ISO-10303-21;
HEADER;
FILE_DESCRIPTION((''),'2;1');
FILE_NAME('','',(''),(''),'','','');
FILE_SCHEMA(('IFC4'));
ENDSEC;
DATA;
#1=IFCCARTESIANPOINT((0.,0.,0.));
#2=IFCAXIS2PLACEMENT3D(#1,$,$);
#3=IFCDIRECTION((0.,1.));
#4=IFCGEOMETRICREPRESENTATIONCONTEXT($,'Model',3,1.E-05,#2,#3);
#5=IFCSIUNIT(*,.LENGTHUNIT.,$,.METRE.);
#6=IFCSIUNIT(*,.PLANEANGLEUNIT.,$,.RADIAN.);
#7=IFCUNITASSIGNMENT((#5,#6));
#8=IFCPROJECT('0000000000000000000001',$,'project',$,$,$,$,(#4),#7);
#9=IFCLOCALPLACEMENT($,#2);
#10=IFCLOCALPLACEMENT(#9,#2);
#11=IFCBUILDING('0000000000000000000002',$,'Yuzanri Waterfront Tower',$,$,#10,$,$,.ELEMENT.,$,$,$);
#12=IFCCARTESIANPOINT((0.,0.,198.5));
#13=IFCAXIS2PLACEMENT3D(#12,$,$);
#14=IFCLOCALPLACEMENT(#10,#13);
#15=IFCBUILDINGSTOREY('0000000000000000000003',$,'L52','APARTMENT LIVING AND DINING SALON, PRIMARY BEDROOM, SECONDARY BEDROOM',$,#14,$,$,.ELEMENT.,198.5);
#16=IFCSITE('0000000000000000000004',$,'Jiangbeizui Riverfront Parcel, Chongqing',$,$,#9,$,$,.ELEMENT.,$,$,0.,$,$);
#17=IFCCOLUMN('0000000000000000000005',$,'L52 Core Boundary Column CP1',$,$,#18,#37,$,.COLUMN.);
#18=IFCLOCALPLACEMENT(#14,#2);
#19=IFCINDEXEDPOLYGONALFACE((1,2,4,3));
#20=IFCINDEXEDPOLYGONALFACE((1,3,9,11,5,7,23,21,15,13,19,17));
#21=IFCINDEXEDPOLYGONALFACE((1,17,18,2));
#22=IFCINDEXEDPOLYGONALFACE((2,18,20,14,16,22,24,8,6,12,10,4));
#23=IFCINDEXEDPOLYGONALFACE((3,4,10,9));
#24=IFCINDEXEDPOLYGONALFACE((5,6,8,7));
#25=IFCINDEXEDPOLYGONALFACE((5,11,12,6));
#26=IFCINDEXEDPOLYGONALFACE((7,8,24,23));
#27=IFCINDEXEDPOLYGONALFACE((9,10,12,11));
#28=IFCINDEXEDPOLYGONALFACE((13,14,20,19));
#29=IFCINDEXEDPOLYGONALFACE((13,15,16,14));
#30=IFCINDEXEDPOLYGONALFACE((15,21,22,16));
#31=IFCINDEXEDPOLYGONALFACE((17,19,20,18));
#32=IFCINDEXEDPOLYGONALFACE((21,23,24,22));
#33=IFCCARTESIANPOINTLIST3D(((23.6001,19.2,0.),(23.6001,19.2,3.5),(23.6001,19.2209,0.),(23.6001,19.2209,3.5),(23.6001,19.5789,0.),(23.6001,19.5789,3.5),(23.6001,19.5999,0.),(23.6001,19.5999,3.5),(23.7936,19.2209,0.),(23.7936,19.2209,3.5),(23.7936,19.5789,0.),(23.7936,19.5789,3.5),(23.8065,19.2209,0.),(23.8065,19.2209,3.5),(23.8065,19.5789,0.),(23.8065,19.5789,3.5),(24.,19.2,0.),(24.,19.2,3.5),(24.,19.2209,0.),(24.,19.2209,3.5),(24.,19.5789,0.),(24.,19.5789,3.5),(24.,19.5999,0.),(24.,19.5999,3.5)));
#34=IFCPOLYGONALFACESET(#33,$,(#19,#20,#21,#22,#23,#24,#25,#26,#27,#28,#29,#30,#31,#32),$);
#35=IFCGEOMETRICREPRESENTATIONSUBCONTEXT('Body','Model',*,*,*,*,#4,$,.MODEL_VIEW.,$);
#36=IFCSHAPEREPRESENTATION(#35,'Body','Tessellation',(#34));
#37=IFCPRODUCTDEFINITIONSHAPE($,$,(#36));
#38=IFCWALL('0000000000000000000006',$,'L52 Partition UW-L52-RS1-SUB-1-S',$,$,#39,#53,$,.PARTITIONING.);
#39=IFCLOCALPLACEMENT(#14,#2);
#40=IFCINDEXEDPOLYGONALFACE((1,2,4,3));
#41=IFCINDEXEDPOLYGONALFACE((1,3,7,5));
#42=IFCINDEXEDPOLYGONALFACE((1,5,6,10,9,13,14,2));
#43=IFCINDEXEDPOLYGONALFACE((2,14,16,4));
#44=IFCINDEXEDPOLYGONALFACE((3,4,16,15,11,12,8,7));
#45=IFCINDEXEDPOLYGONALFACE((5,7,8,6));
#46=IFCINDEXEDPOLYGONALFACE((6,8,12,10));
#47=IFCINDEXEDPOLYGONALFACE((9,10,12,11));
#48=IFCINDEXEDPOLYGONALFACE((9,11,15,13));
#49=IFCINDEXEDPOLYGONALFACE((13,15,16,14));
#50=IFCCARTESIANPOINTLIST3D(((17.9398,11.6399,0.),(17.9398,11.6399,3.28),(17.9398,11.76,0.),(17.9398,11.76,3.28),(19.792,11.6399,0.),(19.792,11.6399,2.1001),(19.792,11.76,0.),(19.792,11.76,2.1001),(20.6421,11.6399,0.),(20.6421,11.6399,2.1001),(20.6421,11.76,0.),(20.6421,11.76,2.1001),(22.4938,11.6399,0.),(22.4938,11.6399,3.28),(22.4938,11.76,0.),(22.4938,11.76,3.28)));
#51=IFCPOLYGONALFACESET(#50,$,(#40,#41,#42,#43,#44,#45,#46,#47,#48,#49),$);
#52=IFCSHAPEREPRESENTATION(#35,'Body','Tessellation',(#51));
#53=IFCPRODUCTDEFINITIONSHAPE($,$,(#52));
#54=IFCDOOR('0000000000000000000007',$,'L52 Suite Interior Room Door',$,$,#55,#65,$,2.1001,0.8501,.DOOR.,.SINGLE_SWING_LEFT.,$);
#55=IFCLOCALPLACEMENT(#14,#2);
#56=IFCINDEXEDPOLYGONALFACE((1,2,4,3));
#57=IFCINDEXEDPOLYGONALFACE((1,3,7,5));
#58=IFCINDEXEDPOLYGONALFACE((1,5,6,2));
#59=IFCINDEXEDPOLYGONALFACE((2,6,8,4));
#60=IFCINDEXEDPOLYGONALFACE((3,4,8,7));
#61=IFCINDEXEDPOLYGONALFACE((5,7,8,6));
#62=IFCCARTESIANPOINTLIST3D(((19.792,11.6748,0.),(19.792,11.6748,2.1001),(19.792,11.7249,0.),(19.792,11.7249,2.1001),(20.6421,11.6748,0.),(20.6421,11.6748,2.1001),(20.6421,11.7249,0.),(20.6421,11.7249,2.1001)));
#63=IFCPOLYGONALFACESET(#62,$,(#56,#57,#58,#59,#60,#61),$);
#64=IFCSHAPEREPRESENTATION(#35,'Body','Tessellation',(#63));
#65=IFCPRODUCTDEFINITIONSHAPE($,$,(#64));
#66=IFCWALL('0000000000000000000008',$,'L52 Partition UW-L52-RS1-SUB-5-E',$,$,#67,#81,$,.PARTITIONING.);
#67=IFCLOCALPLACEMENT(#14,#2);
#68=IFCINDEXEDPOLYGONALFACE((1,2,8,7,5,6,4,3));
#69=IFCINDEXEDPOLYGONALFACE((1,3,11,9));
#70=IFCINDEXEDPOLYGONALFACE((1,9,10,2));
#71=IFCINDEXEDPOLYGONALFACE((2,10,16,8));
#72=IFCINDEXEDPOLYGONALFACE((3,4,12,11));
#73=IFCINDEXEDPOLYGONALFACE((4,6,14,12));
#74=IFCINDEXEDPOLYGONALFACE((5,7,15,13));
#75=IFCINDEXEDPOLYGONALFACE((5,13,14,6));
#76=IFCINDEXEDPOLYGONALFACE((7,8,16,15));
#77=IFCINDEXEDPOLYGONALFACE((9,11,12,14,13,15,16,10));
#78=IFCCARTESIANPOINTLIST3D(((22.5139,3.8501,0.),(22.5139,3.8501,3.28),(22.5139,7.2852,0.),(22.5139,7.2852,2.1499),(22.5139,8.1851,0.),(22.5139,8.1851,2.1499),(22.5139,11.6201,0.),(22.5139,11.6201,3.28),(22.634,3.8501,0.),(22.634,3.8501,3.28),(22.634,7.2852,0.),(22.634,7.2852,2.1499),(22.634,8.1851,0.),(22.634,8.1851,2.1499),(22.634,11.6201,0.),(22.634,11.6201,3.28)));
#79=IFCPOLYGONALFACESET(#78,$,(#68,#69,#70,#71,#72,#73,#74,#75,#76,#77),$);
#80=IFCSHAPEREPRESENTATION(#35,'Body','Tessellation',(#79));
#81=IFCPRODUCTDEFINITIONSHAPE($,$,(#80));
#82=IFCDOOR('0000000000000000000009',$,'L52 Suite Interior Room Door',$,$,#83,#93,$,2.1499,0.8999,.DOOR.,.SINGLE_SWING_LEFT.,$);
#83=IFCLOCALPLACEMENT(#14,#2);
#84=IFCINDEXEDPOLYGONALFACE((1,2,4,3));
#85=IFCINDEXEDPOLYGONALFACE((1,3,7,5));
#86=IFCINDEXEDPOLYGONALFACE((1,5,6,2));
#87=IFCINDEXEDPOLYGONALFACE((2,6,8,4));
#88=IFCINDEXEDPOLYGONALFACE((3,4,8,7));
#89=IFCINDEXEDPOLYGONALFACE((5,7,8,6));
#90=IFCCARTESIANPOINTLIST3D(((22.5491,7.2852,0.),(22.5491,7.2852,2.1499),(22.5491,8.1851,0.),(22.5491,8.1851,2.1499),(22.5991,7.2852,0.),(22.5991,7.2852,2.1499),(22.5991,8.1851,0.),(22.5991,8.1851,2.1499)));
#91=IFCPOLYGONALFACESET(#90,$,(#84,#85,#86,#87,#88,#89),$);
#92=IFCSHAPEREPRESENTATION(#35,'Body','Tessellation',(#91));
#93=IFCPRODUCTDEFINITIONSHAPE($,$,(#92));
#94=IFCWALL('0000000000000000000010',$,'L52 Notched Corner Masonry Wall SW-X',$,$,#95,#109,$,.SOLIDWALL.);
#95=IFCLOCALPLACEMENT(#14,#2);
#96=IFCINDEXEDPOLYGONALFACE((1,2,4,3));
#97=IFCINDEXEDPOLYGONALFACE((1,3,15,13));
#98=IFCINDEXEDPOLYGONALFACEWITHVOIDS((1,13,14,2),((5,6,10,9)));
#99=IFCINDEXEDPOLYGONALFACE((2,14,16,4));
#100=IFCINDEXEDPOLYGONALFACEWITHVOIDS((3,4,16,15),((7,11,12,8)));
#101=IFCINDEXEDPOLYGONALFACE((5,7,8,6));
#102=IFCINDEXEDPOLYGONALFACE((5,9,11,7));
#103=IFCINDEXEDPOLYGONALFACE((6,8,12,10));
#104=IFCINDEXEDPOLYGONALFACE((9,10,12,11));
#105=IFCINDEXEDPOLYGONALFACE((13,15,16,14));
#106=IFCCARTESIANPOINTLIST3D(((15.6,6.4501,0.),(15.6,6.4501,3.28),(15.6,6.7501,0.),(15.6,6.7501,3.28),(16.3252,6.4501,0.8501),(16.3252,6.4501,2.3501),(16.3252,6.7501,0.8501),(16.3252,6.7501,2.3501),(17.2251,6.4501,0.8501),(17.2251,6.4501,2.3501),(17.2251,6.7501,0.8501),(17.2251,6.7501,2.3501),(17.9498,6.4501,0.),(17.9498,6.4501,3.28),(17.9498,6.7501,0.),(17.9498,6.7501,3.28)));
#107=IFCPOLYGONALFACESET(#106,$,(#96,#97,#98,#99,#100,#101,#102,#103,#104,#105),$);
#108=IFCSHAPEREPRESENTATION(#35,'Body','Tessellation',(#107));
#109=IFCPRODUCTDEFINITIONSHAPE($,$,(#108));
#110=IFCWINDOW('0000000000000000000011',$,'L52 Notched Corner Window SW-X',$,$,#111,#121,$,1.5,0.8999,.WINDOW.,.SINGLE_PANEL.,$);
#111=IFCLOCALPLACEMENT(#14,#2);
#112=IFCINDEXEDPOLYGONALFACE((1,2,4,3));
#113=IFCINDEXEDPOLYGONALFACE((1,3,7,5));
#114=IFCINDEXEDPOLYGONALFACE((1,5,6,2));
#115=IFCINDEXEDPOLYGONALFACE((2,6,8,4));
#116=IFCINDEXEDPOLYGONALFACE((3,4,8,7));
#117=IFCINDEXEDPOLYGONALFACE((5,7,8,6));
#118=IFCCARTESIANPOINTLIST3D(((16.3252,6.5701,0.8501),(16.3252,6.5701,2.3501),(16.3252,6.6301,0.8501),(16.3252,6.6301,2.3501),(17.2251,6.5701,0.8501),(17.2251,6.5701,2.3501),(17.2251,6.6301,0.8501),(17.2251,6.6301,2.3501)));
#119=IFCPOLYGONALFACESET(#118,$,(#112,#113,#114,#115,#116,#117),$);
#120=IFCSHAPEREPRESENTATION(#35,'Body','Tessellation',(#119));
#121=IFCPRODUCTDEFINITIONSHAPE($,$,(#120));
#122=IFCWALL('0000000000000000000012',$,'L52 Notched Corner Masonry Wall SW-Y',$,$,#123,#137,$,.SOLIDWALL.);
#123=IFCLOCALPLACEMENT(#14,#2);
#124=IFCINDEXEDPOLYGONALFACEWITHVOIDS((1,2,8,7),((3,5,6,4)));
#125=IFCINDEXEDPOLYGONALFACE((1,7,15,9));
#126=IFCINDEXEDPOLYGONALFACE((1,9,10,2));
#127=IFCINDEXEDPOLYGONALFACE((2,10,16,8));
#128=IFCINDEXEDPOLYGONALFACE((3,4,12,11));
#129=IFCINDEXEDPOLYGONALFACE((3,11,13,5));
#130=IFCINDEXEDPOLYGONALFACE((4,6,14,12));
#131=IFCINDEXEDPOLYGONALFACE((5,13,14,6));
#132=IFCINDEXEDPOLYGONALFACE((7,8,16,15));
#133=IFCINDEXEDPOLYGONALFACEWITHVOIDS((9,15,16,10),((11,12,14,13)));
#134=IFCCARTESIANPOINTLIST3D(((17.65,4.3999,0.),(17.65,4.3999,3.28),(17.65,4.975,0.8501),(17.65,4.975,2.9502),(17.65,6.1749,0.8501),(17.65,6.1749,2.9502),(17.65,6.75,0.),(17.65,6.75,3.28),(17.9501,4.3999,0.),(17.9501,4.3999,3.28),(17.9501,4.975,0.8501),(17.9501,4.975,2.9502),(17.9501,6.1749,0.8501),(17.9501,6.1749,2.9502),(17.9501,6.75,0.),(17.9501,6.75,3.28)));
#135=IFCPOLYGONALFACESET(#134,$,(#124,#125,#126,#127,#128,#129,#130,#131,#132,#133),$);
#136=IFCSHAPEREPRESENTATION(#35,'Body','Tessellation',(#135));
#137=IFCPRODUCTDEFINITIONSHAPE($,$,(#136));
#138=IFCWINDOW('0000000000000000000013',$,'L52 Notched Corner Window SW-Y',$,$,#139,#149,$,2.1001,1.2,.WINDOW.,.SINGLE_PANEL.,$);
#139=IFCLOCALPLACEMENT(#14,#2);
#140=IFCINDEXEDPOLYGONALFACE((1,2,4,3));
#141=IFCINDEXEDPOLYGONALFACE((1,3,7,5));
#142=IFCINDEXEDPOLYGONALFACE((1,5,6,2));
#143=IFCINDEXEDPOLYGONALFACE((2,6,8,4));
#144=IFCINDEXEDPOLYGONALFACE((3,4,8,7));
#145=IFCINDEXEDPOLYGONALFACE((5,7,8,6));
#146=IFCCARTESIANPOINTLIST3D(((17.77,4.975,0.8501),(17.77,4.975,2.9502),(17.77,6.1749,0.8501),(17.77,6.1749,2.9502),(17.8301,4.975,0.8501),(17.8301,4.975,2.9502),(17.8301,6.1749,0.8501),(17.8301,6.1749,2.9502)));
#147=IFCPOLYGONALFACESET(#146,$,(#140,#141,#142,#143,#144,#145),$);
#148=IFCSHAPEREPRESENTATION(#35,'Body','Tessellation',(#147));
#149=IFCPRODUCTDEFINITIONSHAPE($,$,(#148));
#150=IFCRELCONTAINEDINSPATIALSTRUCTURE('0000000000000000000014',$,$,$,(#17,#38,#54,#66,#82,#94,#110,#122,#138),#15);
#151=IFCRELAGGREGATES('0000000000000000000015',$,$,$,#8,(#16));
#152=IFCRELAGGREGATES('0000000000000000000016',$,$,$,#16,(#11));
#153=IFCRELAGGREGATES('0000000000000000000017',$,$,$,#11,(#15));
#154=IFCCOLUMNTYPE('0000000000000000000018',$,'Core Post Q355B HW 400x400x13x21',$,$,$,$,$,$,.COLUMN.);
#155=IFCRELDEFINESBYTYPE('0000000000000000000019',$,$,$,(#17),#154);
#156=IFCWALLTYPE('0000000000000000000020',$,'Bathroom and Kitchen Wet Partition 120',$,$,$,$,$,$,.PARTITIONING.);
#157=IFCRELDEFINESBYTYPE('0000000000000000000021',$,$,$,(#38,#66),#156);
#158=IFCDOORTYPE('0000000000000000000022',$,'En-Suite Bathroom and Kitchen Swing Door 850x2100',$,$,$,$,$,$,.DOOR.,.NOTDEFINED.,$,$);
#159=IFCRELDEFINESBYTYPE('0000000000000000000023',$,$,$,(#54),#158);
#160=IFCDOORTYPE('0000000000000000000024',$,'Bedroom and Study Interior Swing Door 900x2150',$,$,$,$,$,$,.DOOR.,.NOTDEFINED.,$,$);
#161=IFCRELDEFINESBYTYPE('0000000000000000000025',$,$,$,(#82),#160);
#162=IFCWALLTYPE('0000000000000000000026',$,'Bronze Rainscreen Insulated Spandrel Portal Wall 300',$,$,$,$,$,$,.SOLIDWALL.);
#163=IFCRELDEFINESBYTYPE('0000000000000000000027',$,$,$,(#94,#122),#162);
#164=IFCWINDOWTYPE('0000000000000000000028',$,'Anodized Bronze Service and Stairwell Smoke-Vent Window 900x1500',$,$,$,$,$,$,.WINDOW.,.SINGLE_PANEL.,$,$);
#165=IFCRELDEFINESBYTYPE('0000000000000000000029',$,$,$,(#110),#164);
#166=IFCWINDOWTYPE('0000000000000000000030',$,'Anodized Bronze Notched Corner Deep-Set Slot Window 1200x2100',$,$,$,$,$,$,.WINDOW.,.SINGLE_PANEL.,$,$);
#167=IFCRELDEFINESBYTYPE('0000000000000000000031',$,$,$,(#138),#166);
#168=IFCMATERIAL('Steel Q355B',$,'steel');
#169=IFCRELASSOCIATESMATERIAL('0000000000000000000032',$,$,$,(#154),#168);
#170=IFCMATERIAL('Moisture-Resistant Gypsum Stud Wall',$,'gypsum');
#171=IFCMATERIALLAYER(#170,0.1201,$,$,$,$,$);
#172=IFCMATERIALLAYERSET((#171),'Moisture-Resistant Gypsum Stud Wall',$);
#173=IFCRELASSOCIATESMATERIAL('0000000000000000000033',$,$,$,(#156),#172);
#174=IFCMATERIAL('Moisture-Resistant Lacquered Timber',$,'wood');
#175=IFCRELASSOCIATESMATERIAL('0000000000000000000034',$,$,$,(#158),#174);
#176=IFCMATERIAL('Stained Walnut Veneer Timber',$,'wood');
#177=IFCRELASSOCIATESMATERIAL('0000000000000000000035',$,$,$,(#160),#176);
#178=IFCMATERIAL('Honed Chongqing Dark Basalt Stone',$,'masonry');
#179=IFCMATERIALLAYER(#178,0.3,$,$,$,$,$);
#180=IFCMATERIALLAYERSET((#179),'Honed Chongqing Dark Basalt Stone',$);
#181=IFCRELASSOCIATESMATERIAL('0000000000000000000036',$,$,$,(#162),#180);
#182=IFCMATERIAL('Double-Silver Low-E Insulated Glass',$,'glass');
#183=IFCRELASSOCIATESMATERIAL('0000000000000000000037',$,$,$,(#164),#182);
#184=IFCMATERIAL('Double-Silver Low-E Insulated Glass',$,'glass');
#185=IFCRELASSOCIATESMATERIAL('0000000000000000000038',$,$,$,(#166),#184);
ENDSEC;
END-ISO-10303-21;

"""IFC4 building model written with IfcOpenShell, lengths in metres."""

from ifc_helpers import new_model, si_unit, direction, frame, frame_2d, origin, origin_2d, place, context, subcontext, project, spatial, rectangle, i_section, extrude, source, transform, mapped, material, layer, layer_set, material_profile, profile_set, type_object, element, fill, save


model = new_model("IFC4")

# Units and contexts
model_context = context("Model", 3, precision=1e-05, world=origin(), true_north=direction((0.0, 1.0)))
body_context = subcontext(model_context, "Body", "Model", "MODEL_VIEW")
ifc_project = project(units=[si_unit("LENGTHUNIT", "METRE"), si_unit("PLANEANGLEUNIT", "RADIAN")], contexts=[model_context])

# Site, building, storey
site_placement = place(None, origin())
site = spatial("IfcSite", under=ifc_project, at=site_placement, Name="Jiangbeizui Riverfront Parcel, Chongqing", CompositionType="ELEMENT", RefElevation=0.0)
building_placement = place(site_placement, origin())
building = spatial("IfcBuilding", under=site, at=building_placement, Name="Yuzanri Waterfront Tower", CompositionType="ELEMENT")
storey_placement = place(building_placement, frame((0.0, 0.0, 198.5)))
storey = spatial("IfcBuildingStorey", under=building, at=storey_placement, Name="L52", Description="APARTMENT LIVING AND DINING SALON, PRIMARY BEDROOM, SECONDARY BEDROOM", CompositionType="ELEMENT", Elevation=198.5)

# Column
ifc_material_1 = material(Name="Steel Q355B", Category="steel")
ifc_material_profile = material_profile(ifc_material_1, i_section(OverallWidth=0.3999, OverallDepth=0.3999, WebThickness=0.0129, FlangeThickness=0.021, at=origin_2d()), Name="HW 400x400x13x21")
ifc_profile_set = profile_set([ifc_material_profile], Name="Steel Q355B")
column_type = type_object("IfcColumnType", Name="Core Post Q355B HW 400x400x13x21", PredefinedType="COLUMN", material=ifc_profile_set)
shared_shape_1 = source(origin(), body_context, "Body", "SweptSolid", [
    extrude(i_section(OverallWidth=0.3999, OverallDepth=0.3999, WebThickness=0.0129, FlangeThickness=0.021, at=origin_2d()), origin(), (0.0, 0.0, 1.0), 3.5),
])
column_placement = place(storey_placement, frame((23.8, 19.3999, 0.0), z_axis=(0.0, 0.0, 1.0), x_axis=(1.0, 0.0, 0.0)))
element("IfcColumn", 1, at=column_placement, inside=storey, type_object=column_type, Name="L52 Core Boundary Column CP1", PredefinedType="COLUMN", context=body_context, shape_type="MappedRepresentation", body=[
    mapped(shared_shape_1, transform((0.0, 0.0, 0.0), scale=1.0)),
])

# Walls, openings, doors
ifc_material_2 = material(Name="Moisture-Resistant Gypsum Stud Wall", Category="gypsum")
ifc_layer_1 = layer(ifc_material_2, 0.1201)
ifc_layer_set_1 = layer_set([ifc_layer_1], Name="Moisture-Resistant Gypsum Stud Wall")
wall_type_1 = type_object("IfcWallType", Name="Bathroom and Kitchen Wet Partition 120", PredefinedType="PARTITIONING", material=ifc_layer_set_1)
wall_1_placement = place(storey_placement, frame((17.9399, 11.7, 0.0), z_axis=(0.0, 0.0, 1.0), x_axis=(1.0, 0.0, 0.0)))
wall_1 = element("IfcWall", 2, at=wall_1_placement, inside=storey, type_object=wall_type_1, Name="L52 Partition UW-L52-RS1-SUB-1-S", PredefinedType="PARTITIONING", context=body_context, shape_type="SweptSolid", body=[
    extrude(rectangle(XDim=4.554, YDim=0.1201, at=frame_2d((2.2769, 0.0))), origin(), (0.0, 0.0, 1.0), 3.28),
])
opening_1_placement = place(wall_1_placement, frame((1.8521, 0.0, 0.0)))
opening_1 = element("IfcOpeningElement", 3, at=opening_1_placement, cuts=wall_1, PredefinedType="OPENING", context=body_context, shape_type="SweptSolid", body=[
    extrude(rectangle(XDim=0.8501, YDim=2.1001, at=frame_2d((0.425, 1.05))), frame((0.0, 0.075, 0.0), z_axis=(0.0, -1.0, 0.0), x_axis=(1.0, 0.0, 0.0)), (0.0, 0.0, 1.0), 0.1499),
])
ifc_material_3 = material(Name="Moisture-Resistant Lacquered Timber", Category="wood")
door_type_1 = type_object("IfcDoorType", Name="En-Suite Bathroom and Kitchen Swing Door 850x2100", OperationType="NOTDEFINED", PredefinedType="DOOR", material=ifc_material_3)
shared_shape_2 = source(origin(), body_context, "Body", "SweptSolid", [
    extrude(rectangle(XDim=0.8501, YDim=2.1001, at=frame_2d((0.425, 1.05))), frame((0.0, 0.0249, 0.0), z_axis=(0.0, -1.0, 0.0), x_axis=(1.0, 0.0, 0.0)), (0.0, 0.0, 1.0), 0.05),
])
door_1_placement = place(opening_1_placement, origin())
door_1 = element("IfcDoor", 4, at=door_1_placement, inside=storey, type_object=door_type_1, Name="L52 Suite Interior Room Door", OperationType="SINGLE_SWING_LEFT", OverallHeight=2.1001, OverallWidth=0.8501, PredefinedType="DOOR", context=body_context, shape_type="MappedRepresentation", body=[
    mapped(shared_shape_2, transform((0.0, 0.0, 0.0), scale=1.0)),
])
fill(opening_1, door_1)
wall_2_placement = place(storey_placement, frame((22.574, 3.8501, 0.0), z_axis=(0.0, 0.0, 1.0), x_axis=(0.0, 1.0, 0.0)))
wall_2 = element("IfcWall", 5, at=wall_2_placement, inside=storey, type_object=wall_type_1, Name="L52 Partition UW-L52-RS1-SUB-5-E", PredefinedType="PARTITIONING", context=body_context, shape_type="SweptSolid", body=[
    extrude(rectangle(XDim=7.77, YDim=0.1201, at=frame_2d((3.885, 0.0))), origin(), (0.0, 0.0, 1.0), 3.28),
])
opening_2_placement = place(wall_2_placement, frame((3.4351, 0.0, 0.0)))
opening_2 = element("IfcOpeningElement", 6, at=opening_2_placement, cuts=wall_2, PredefinedType="OPENING", context=body_context, shape_type="SweptSolid", body=[
    extrude(rectangle(XDim=0.8999, YDim=2.1499, at=frame_2d((0.45, 1.075))), frame((0.0, 0.075, 0.0), z_axis=(0.0, -1.0, 0.0), x_axis=(1.0, 0.0, 0.0)), (0.0, 0.0, 1.0), 0.1499),
])
ifc_material_4 = material(Name="Stained Walnut Veneer Timber", Category="wood")
door_type_2 = type_object("IfcDoorType", Name="Bedroom and Study Interior Swing Door 900x2150", OperationType="NOTDEFINED", PredefinedType="DOOR", material=ifc_material_4)
shared_shape_3 = source(origin(), body_context, "Body", "SweptSolid", [
    extrude(rectangle(XDim=0.8999, YDim=2.1499, at=frame_2d((0.45, 1.075))), frame((0.0, 0.0249, 0.0), z_axis=(0.0, -1.0, 0.0), x_axis=(1.0, 0.0, 0.0)), (0.0, 0.0, 1.0), 0.05),
])
door_2_placement = place(opening_2_placement, origin())
door_2 = element("IfcDoor", 7, at=door_2_placement, inside=storey, type_object=door_type_2, Name="L52 Suite Interior Room Door", OperationType="SINGLE_SWING_LEFT", OverallHeight=2.1499, OverallWidth=0.8999, PredefinedType="DOOR", context=body_context, shape_type="MappedRepresentation", body=[
    mapped(shared_shape_3, transform((0.0, 0.0, 0.0), scale=1.0)),
])
fill(opening_2, door_2)

# Walls, openings, windows
ifc_material_5 = material(Name="Honed Chongqing Dark Basalt Stone", Category="masonry")
ifc_layer_2 = layer(ifc_material_5, 0.3)
ifc_layer_set_2 = layer_set([ifc_layer_2], Name="Honed Chongqing Dark Basalt Stone")
wall_type_2 = type_object("IfcWallType", Name="Bronze Rainscreen Insulated Spandrel Portal Wall 300", PredefinedType="SOLIDWALL", material=ifc_layer_set_2)
wall_3_placement = place(storey_placement, frame((15.6001, 6.6001, 0.0), z_axis=(0.0, 0.0, 1.0), x_axis=(1.0, 0.0, 0.0)))
wall_3 = element("IfcWall", 8, at=wall_3_placement, inside=storey, type_object=wall_type_2, Name="L52 Notched Corner Masonry Wall SW-X", PredefinedType="SOLIDWALL", context=body_context, shape_type="SweptSolid", body=[
    extrude(rectangle(XDim=2.3499, YDim=0.3, at=frame_2d((1.1748, 0.0))), origin(), (0.0, 0.0, 1.0), 3.28),
])
opening_3_placement = place(wall_3_placement, frame((0.7251, 0.0, 0.8501)))
opening_3 = element("IfcOpeningElement", 9, at=opening_3_placement, cuts=wall_3, PredefinedType="OPENING", context=body_context, shape_type="SweptSolid", body=[
    extrude(rectangle(XDim=0.8999, YDim=1.5, at=frame_2d((0.45, 0.75))), frame((0.0, 0.165, 0.0), z_axis=(0.0, -1.0, 0.0), x_axis=(1.0, 0.0, 0.0)), (0.0, 0.0, 1.0), 0.3298),
])
ifc_material_6 = material(Name="Double-Silver Low-E Insulated Glass", Category="glass")
window_type_1 = type_object("IfcWindowType", Name="Anodized Bronze Service and Stairwell Smoke-Vent Window 900x1500", PartitioningType="SINGLE_PANEL", PredefinedType="WINDOW", material=ifc_material_6)
shared_shape_4 = source(origin(), body_context, "Body", "SweptSolid", [
    extrude(rectangle(XDim=0.8999, YDim=1.5, at=frame_2d((0.45, 0.75))), frame((0.0, 0.03, 0.0), z_axis=(0.0, -1.0, 0.0), x_axis=(1.0, 0.0, 0.0)), (0.0, 0.0, 1.0), 0.0601),
])
window_1_placement = place(opening_3_placement, origin())
window_1 = element("IfcWindow", 10, at=window_1_placement, inside=storey, type_object=window_type_1, Name="L52 Notched Corner Window SW-X", OverallHeight=1.5, OverallWidth=0.8999, PartitioningType="SINGLE_PANEL", PredefinedType="WINDOW", context=body_context, shape_type="MappedRepresentation", body=[
    mapped(shared_shape_4, transform((0.0, 0.0, 0.0), scale=1.0)),
])
fill(opening_3, window_1)
wall_4_placement = place(storey_placement, frame((17.8, 6.75, 0.0), z_axis=(0.0, 0.0, 1.0), x_axis=(0.0, -1.0, 0.0)))
wall_4 = element("IfcWall", 11, at=wall_4_placement, inside=storey, type_object=wall_type_2, Name="L52 Notched Corner Masonry Wall SW-Y", PredefinedType="SOLIDWALL", context=body_context, shape_type="SweptSolid", body=[
    extrude(rectangle(XDim=2.3501, YDim=0.3, at=frame_2d((1.175, 0.0))), origin(), (0.0, 0.0, 1.0), 3.28),
])
opening_4_placement = place(wall_4_placement, frame((0.575, 0.0, 0.8501)))
opening_4 = element("IfcOpeningElement", 12, at=opening_4_placement, cuts=wall_4, PredefinedType="OPENING", context=body_context, shape_type="SweptSolid", body=[
    extrude(rectangle(XDim=1.2, YDim=2.1001, at=frame_2d((0.6001, 1.05))), frame((0.0, 0.165, 0.0), z_axis=(0.0, -1.0, 0.0), x_axis=(1.0, 0.0, 0.0)), (0.0, 0.0, 1.0), 0.3298),
])
ifc_material_7 = material(Name="Double-Silver Low-E Insulated Glass", Category="glass")
window_type_2 = type_object("IfcWindowType", Name="Anodized Bronze Notched Corner Deep-Set Slot Window 1200x2100", PartitioningType="SINGLE_PANEL", PredefinedType="WINDOW", material=ifc_material_7)
shared_shape_5 = source(origin(), body_context, "Body", "SweptSolid", [
    extrude(rectangle(XDim=1.2, YDim=2.1001, at=frame_2d((0.6001, 1.05))), frame((0.0, 0.03, 0.0), z_axis=(0.0, -1.0, 0.0), x_axis=(1.0, 0.0, 0.0)), (0.0, 0.0, 1.0), 0.0601),
])
window_2_placement = place(opening_4_placement, origin())
window_2 = element("IfcWindow", 13, at=window_2_placement, inside=storey, type_object=window_type_2, Name="L52 Notched Corner Window SW-Y", OverallHeight=2.1001, OverallWidth=1.2, PartitioningType="SINGLE_PANEL", PredefinedType="WINDOW", context=body_context, shape_type="MappedRepresentation", body=[
    mapped(shared_shape_5, transform((0.0, 0.0, 0.0), scale=1.0)),
])
fill(opening_4, window_2)

save(model, "model.ifc")
